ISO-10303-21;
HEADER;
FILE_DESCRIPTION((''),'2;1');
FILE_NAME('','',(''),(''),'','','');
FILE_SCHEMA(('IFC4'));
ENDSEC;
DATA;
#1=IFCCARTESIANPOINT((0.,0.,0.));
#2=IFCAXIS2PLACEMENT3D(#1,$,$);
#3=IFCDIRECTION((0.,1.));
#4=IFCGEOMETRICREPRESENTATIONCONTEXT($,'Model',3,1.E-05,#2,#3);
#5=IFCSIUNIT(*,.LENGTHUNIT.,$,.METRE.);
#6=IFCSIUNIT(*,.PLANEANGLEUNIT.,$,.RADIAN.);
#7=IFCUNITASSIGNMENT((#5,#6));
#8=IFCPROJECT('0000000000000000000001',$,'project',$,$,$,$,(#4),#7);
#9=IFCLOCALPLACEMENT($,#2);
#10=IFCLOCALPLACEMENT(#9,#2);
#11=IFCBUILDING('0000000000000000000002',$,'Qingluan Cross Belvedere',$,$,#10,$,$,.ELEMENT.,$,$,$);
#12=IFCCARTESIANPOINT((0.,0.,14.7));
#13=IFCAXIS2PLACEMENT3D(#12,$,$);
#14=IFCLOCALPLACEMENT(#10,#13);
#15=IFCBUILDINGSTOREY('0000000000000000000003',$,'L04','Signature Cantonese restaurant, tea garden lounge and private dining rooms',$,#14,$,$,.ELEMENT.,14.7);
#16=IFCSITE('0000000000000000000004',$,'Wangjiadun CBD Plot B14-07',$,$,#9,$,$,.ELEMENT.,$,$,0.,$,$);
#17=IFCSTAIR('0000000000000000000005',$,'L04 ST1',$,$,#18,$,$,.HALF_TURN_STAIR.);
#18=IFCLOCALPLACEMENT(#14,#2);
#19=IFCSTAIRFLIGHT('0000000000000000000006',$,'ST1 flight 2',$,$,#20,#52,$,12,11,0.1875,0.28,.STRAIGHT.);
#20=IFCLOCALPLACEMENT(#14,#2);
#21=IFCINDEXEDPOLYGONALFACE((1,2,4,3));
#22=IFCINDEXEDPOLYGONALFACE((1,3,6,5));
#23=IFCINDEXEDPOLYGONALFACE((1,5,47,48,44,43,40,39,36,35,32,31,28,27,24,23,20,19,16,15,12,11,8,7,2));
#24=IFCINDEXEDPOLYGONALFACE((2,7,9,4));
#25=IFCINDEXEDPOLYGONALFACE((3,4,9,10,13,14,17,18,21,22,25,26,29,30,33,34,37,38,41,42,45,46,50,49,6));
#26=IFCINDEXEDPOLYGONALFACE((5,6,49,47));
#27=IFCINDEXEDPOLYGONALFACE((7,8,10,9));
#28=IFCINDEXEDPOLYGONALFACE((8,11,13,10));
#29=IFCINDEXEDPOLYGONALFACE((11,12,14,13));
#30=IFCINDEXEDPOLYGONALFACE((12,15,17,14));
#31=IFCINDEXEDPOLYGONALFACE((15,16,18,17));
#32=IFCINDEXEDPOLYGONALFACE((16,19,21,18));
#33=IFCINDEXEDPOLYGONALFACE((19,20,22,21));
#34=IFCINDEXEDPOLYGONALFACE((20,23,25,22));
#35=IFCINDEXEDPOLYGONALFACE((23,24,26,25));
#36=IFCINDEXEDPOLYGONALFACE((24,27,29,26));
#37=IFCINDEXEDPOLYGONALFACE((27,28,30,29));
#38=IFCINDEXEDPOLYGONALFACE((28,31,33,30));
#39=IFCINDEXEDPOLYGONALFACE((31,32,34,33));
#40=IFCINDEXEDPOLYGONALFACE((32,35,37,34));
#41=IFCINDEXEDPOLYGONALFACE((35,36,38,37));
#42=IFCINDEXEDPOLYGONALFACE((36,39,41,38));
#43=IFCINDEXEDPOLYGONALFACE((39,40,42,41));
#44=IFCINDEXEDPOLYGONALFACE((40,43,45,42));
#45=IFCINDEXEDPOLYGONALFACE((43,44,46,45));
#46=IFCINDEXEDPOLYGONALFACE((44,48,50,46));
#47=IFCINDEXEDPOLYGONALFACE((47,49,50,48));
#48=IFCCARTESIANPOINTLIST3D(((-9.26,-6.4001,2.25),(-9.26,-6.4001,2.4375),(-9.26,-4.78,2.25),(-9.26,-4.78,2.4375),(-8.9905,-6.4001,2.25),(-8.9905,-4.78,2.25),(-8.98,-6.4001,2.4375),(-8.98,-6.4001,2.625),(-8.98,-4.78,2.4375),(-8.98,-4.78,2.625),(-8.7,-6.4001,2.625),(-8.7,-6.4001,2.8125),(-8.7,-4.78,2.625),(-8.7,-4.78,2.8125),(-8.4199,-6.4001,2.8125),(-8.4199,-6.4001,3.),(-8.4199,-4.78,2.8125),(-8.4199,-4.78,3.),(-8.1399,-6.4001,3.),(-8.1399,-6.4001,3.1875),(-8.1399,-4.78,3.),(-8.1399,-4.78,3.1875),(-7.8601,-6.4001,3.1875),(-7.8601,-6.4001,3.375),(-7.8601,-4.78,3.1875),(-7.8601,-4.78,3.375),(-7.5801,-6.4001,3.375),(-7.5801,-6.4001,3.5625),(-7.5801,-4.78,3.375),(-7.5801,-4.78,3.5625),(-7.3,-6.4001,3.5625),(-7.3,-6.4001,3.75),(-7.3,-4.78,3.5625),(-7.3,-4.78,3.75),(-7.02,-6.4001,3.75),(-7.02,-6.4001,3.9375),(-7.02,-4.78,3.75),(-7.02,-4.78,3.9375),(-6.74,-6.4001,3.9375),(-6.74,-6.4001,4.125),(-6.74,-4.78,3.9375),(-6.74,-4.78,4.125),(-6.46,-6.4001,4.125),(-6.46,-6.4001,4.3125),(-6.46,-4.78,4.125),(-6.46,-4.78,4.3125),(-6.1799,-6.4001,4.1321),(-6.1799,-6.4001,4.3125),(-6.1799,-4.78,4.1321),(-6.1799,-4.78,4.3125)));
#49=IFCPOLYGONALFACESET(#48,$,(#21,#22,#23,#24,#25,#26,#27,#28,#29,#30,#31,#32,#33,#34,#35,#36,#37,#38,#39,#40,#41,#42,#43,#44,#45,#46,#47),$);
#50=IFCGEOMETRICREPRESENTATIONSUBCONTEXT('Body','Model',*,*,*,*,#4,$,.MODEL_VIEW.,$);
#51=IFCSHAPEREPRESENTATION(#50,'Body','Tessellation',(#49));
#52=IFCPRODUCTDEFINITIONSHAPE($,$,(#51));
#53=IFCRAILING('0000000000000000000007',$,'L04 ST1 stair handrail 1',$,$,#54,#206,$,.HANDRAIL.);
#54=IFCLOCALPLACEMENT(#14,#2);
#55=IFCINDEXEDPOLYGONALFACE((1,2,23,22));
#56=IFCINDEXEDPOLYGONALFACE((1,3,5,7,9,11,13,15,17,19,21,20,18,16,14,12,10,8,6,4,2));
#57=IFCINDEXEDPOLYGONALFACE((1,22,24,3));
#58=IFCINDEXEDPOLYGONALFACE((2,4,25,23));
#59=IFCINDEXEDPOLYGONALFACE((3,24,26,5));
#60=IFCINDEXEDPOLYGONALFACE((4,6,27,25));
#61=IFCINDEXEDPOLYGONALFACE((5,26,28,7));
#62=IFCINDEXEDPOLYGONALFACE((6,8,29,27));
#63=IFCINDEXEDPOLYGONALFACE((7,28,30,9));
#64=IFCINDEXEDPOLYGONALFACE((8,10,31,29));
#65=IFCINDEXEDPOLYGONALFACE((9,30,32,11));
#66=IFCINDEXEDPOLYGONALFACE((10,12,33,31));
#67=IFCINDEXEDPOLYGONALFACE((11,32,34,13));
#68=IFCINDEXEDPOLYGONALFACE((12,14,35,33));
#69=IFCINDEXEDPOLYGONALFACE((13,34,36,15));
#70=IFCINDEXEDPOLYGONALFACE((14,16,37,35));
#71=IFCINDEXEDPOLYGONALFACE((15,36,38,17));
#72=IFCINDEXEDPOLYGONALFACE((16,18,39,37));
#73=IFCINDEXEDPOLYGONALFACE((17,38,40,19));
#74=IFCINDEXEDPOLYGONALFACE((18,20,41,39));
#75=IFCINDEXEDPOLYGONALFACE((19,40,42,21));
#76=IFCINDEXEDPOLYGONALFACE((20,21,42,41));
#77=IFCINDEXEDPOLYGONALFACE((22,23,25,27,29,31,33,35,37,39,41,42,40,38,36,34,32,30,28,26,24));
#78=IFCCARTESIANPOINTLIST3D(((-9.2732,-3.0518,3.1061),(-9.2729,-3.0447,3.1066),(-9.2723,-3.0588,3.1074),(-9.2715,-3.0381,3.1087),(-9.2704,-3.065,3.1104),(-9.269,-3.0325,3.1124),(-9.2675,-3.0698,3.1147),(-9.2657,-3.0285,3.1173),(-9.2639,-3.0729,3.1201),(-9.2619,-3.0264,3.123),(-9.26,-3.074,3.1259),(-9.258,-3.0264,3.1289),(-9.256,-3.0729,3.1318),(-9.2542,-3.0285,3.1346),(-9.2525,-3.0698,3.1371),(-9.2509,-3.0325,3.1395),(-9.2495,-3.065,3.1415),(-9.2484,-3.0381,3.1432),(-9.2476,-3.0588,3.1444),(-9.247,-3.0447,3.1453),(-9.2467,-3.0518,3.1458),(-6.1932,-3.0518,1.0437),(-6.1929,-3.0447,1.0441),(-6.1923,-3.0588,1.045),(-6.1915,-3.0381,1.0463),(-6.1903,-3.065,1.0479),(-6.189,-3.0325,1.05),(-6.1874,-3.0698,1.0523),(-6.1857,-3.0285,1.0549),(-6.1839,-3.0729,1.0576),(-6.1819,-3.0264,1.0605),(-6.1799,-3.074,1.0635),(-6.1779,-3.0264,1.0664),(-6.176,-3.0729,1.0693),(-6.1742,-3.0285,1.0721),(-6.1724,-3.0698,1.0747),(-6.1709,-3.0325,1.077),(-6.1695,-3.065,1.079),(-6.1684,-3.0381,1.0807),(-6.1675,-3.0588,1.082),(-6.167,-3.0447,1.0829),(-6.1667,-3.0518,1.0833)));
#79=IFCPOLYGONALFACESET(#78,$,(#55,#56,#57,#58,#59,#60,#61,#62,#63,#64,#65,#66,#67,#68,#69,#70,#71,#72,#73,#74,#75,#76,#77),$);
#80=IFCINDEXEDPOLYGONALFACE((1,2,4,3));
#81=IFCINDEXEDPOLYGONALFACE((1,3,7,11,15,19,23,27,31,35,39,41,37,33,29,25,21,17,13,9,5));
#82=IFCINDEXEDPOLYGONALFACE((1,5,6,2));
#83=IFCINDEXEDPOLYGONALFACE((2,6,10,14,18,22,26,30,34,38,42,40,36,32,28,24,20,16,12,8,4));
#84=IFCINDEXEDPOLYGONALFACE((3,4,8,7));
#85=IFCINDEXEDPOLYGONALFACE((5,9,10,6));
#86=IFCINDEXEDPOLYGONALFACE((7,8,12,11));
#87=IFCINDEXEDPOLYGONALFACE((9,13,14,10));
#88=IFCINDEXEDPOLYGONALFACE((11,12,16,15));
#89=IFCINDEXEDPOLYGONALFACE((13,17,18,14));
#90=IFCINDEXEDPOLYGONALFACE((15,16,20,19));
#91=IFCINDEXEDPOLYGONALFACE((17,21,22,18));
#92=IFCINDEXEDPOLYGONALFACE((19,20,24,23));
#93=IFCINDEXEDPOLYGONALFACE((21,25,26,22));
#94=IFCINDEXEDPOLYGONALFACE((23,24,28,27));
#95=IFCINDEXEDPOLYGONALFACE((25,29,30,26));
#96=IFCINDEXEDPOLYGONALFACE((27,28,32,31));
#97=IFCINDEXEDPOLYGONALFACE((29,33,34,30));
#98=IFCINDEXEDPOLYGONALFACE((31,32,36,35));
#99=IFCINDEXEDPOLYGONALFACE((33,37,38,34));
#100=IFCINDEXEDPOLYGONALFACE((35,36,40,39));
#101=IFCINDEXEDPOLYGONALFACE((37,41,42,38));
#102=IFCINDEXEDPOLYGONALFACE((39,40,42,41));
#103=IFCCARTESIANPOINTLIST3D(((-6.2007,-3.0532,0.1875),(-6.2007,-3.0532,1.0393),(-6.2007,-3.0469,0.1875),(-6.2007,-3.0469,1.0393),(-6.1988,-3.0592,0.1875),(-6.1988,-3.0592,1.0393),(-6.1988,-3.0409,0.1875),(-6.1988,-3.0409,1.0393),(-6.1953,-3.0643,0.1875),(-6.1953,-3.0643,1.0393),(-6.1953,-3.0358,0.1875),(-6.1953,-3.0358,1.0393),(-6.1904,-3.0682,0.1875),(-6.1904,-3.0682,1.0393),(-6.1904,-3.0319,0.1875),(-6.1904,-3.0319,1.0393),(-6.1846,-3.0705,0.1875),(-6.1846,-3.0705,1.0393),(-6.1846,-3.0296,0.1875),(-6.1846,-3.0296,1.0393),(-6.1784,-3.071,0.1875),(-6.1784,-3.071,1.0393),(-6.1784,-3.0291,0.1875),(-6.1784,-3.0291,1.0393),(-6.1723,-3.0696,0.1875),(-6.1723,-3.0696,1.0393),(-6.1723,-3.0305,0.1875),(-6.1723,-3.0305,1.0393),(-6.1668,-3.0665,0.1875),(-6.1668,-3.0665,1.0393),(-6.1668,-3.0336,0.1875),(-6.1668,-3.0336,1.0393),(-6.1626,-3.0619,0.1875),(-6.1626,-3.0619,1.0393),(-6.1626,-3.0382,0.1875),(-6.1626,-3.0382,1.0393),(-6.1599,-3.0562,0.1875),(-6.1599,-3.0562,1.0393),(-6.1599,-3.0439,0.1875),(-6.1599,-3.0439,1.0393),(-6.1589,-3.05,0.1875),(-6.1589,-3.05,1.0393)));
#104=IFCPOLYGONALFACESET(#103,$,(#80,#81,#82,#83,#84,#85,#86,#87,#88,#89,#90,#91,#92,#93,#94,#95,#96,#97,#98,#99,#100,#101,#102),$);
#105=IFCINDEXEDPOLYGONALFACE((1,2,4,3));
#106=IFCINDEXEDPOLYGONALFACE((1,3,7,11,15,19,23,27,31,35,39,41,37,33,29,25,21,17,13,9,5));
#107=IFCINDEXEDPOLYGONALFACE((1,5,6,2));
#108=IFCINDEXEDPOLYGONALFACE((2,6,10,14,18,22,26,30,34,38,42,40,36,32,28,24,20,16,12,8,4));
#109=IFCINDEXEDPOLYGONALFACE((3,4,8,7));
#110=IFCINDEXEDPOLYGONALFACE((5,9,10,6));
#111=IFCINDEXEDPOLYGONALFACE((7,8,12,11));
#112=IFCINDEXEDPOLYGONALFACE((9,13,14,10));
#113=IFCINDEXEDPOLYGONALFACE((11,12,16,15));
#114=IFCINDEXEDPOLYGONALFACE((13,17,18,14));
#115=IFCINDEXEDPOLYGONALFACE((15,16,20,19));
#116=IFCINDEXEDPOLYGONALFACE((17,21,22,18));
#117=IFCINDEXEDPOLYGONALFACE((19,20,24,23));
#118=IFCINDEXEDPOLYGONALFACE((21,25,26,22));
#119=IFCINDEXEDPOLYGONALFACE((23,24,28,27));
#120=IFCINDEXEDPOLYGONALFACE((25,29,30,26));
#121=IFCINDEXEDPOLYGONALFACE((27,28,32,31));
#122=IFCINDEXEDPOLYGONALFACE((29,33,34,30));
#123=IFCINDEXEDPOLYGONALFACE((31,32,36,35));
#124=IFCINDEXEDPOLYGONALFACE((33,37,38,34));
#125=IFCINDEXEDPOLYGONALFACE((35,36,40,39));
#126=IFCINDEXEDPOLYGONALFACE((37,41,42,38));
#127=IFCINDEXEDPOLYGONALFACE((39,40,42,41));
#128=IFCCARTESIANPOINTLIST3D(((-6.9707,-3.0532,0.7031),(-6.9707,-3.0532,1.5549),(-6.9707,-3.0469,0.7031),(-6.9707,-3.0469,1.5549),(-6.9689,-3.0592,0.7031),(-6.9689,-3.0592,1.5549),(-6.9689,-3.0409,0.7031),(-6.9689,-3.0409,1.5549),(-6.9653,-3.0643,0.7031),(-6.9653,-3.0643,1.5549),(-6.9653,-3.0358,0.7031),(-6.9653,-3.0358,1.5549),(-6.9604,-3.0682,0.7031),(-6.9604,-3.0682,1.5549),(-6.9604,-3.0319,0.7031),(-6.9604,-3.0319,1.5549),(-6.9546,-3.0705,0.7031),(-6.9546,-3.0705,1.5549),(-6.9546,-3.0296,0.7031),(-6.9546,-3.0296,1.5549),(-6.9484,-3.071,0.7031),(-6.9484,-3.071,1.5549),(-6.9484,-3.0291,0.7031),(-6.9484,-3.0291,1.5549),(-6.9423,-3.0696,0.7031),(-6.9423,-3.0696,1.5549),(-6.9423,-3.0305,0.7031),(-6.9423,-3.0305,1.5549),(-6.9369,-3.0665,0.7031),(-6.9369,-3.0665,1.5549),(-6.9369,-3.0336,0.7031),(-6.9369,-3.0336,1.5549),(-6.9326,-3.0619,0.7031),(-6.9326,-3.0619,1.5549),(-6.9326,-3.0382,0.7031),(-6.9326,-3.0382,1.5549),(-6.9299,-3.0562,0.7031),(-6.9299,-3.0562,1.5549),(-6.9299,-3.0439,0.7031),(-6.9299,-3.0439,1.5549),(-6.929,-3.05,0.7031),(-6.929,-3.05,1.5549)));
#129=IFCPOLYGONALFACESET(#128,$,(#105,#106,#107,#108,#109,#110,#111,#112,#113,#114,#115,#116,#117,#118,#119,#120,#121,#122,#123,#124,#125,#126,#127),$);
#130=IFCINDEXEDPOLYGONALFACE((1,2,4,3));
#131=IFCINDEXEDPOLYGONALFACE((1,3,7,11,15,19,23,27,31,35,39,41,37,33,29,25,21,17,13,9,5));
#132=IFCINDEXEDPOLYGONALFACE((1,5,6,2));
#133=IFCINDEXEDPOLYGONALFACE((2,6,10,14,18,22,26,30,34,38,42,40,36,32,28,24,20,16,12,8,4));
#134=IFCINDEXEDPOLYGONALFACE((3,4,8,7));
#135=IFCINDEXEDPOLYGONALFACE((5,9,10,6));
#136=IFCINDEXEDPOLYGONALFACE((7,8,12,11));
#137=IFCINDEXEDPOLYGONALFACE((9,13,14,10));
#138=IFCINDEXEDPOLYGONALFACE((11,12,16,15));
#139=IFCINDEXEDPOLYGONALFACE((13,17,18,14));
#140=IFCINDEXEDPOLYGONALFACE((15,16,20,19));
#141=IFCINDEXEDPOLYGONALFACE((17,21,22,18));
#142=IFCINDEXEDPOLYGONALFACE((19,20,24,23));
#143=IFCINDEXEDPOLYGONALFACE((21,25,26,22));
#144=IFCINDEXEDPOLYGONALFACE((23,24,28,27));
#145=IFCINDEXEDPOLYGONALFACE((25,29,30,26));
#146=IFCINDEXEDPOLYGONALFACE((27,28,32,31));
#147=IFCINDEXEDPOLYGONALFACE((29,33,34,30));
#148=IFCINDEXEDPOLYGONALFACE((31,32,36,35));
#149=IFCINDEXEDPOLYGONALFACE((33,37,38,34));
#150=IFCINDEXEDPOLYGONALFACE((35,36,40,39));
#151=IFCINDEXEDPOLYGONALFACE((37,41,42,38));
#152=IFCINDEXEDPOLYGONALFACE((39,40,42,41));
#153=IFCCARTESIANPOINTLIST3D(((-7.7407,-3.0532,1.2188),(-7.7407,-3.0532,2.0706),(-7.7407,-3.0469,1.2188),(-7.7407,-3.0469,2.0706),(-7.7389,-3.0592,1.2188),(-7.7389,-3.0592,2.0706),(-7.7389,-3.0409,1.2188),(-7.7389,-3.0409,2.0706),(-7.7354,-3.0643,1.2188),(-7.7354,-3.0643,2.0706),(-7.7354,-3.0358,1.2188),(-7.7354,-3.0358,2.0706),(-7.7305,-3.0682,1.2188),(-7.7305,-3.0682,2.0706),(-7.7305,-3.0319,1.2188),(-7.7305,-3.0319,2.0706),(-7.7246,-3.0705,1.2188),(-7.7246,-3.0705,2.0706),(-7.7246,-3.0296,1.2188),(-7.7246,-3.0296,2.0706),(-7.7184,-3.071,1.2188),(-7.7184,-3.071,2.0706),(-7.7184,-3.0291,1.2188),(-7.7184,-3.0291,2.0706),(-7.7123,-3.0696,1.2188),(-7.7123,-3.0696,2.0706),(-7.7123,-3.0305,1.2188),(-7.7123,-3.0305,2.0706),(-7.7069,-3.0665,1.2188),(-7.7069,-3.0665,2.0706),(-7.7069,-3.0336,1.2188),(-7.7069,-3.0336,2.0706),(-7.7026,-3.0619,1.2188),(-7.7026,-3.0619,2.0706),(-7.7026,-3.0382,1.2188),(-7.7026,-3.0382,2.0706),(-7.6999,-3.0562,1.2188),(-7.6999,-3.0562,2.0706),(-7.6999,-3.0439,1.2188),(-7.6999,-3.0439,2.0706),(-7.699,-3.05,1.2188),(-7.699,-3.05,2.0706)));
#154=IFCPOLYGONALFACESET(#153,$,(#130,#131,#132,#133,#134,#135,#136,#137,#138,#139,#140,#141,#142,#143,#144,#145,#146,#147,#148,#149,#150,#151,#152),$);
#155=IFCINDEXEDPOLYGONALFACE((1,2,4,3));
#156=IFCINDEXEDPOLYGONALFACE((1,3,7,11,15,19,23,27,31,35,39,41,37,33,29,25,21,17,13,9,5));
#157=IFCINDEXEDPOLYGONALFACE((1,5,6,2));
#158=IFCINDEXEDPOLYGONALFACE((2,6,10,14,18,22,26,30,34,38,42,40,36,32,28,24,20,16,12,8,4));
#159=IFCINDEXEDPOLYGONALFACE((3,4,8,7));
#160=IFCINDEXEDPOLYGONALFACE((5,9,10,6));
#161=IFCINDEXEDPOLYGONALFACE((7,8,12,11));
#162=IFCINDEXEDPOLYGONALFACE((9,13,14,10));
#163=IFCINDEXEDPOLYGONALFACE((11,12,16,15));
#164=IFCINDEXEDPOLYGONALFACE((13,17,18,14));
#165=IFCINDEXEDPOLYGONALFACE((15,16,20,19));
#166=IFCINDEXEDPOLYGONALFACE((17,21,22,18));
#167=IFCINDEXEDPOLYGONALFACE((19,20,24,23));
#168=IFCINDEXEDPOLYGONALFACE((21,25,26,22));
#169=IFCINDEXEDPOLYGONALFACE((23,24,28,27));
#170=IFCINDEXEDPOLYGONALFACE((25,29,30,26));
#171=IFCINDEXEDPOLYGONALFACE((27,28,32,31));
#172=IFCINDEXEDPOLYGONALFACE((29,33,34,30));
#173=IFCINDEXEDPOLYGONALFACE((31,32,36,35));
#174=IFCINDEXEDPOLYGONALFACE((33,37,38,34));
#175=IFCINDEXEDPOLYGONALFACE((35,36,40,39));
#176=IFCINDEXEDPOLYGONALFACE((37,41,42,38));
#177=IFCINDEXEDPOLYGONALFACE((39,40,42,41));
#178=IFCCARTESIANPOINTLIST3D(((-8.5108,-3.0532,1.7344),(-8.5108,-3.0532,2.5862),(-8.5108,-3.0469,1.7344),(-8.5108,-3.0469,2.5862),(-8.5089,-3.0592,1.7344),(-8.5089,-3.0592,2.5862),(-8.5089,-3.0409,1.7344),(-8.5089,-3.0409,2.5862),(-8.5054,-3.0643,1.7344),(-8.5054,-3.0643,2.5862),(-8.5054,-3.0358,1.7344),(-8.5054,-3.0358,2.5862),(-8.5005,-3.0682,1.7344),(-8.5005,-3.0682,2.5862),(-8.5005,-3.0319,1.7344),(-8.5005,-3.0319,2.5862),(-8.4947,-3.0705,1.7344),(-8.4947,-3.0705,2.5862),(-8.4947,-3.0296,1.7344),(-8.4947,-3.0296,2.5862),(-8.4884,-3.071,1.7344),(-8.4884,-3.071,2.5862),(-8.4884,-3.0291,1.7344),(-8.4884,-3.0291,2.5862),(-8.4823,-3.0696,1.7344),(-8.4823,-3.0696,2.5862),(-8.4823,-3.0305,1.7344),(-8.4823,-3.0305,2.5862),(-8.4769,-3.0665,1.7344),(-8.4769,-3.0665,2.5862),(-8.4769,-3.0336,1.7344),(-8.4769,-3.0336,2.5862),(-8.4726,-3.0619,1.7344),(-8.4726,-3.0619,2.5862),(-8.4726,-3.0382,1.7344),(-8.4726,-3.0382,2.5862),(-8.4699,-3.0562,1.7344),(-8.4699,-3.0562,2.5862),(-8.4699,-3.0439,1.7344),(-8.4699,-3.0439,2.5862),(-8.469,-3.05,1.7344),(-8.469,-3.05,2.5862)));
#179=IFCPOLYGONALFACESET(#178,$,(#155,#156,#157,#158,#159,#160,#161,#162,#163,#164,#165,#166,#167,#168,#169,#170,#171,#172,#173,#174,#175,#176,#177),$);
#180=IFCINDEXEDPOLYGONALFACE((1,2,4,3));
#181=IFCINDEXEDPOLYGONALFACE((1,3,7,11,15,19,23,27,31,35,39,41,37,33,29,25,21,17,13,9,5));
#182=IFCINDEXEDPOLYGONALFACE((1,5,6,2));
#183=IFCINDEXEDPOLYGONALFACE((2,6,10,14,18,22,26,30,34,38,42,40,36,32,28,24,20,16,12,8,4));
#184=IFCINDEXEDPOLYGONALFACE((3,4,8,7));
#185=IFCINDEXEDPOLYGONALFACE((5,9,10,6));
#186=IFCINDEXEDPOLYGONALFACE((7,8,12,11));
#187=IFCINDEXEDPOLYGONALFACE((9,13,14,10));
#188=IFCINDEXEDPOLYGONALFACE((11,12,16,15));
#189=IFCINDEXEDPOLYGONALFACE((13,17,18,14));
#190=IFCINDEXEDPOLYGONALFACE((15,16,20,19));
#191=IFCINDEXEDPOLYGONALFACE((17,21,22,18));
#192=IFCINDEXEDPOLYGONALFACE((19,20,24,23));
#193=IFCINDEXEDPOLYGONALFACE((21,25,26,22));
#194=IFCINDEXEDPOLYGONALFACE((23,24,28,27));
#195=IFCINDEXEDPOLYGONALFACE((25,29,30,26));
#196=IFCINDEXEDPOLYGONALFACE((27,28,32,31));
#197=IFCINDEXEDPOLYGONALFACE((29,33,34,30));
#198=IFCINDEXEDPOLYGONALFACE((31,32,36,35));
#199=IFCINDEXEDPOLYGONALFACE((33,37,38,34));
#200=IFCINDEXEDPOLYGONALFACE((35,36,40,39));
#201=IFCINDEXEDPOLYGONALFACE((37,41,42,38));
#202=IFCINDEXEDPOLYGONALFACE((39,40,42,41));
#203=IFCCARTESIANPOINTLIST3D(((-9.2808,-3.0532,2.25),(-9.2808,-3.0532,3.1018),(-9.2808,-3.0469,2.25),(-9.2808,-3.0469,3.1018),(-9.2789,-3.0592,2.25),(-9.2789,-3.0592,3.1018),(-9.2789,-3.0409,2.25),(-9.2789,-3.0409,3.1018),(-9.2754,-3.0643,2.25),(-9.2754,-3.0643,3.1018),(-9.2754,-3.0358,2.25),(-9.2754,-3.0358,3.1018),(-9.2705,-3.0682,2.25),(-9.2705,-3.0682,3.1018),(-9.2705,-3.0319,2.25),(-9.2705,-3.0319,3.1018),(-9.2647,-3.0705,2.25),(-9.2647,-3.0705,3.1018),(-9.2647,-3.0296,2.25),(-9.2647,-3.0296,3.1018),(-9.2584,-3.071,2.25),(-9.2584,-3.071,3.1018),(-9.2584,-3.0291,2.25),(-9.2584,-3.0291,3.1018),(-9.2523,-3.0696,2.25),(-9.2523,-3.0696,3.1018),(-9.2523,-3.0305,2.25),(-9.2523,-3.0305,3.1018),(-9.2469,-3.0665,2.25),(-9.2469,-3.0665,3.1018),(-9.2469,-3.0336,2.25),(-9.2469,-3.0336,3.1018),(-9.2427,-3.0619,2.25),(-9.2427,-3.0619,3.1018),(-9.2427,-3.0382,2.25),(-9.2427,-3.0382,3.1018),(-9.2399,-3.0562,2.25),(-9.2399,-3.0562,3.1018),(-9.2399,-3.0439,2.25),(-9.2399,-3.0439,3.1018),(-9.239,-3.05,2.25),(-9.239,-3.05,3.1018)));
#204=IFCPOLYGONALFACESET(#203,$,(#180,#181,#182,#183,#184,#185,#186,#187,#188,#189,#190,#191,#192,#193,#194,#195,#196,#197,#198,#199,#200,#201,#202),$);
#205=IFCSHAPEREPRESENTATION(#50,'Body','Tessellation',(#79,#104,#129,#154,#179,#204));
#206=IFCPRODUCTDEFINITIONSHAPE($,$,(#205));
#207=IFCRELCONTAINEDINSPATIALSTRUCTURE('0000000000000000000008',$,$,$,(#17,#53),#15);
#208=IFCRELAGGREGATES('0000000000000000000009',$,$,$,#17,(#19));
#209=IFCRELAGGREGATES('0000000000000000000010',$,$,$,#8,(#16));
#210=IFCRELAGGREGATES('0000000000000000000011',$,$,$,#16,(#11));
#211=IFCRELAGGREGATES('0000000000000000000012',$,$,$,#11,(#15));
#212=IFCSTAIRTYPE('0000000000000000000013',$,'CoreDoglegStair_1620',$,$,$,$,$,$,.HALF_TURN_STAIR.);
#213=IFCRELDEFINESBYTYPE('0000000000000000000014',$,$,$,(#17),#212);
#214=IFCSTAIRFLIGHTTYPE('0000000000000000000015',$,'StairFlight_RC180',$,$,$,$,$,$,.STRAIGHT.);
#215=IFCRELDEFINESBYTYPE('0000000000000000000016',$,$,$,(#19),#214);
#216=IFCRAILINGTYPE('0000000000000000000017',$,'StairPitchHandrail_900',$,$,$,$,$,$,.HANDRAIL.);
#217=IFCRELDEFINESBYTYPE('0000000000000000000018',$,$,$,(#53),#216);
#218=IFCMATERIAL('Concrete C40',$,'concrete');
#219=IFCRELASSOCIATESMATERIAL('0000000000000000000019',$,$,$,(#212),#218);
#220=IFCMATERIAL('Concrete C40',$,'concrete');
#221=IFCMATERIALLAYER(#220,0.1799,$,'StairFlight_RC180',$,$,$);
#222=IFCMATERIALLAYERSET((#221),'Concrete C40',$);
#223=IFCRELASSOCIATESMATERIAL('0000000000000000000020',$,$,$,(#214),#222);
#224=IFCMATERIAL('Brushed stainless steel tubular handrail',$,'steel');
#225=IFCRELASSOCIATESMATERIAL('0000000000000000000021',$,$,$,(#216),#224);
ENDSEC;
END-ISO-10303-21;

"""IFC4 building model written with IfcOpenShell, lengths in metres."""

from ifc_helpers import new_model, si_unit, direction, frame, origin, origin_2d, place, context, subcontext, project, spatial, polyline, circle, outline, extrude, material, layer, layer_set, type_object, element, aggregate, save


model = new_model("IFC4")

# Units and contexts
model_context = context("Model", 3, precision=1e-05, world=origin(), true_north=direction((0.0, 1.0)))
body_context = subcontext(model_context, "Body", "Model", "MODEL_VIEW")
ifc_project = project(units=[si_unit("LENGTHUNIT", "METRE"), si_unit("PLANEANGLEUNIT", "RADIAN")], contexts=[model_context])

# Site, building, storey
site_placement = place(None, origin())
site = spatial("IfcSite", under=ifc_project, at=site_placement, Name="Wangjiadun CBD Plot B14-07", CompositionType="ELEMENT", RefElevation=0.0)
building_placement = place(site_placement, origin())
building = spatial("IfcBuilding", under=site, at=building_placement, Name="Qingluan Cross Belvedere", CompositionType="ELEMENT")
storey_placement = place(building_placement, frame((0.0, 0.0, 14.7)))
storey = spatial("IfcBuildingStorey", under=building, at=storey_placement, Name="L04", Description="Signature Cantonese restaurant, tea garden lounge and private dining rooms", CompositionType="ELEMENT", Elevation=14.7)

# Stair, stair flight
ifc_material_1 = material(Name="Concrete C40", Category="concrete")
stair_type = type_object("IfcStairType", Name="CoreDoglegStair_1620", PredefinedType="HALF_TURN_STAIR", material=ifc_material_1)
stair_placement = place(storey_placement, origin())
stair = element("IfcStair", 1, at=stair_placement, inside=storey, type_object=stair_type, Name="L04 ST1", PredefinedType="HALF_TURN_STAIR")
ifc_material_2 = material(Name="Concrete C40", Category="concrete")
ifc_layer_1 = layer(ifc_material_2, 0.1799, Name="StairFlight_RC180")
ifc_layer_set_1 = layer_set([ifc_layer_1], Name="Concrete C40")
stair_flight_type = type_object("IfcStairFlightType", Name="StairFlight_RC180", PredefinedType="STRAIGHT", material=ifc_layer_set_1)
stair_flight_1_placement = place(storey_placement, frame((-9.26, -5.5901, 2.25), z_axis=(0.0, 0.0, 1.0), x_axis=(1.0, 0.0, 0.0)))
stair_flight_1 = element("IfcStairFlight", 2, at=stair_flight_1_placement, type_object=stair_flight_type, Name="ST1 flight 2", NumberOfRisers=12, NumberOfTreads=11, PredefinedType="STRAIGHT", RiserHeight=0.1875, TreadLength=0.28, context=body_context, shape_type="SweptSolid", body=[
    extrude(outline(polyline([(0.0, 0.0), (0.0, 0.1875), (0.28, 0.1875), (0.28, 0.375), (0.5601, 0.375), (0.5601, 0.5625), (0.8401, 0.5625), (0.8401, 0.75), (1.1201, 0.75), (1.1201, 0.9375), (1.3999, 0.9375), (1.3999, 1.125), (1.6799, 1.125), (1.6799, 1.3125), (1.96, 1.3125), (1.96, 1.5), (2.24, 1.5), (2.24, 1.6875), (2.52, 1.6875), (2.52, 1.875), (2.8, 1.875), (2.8, 2.0625), (3.0801, 2.0625), (3.0801, 2.25), (3.0801, 1.8821), (0.2695, 0.0), (0.0, 0.0)])), frame((0.0, 0.8101, 0.0), z_axis=(0.0, -1.0, 0.0), x_axis=(1.0, 0.0, 0.0)), (0.0, 0.0, 1.0), 1.6201),
])
aggregate(stair, [stair_flight_1])

# Railing
ifc_material_3 = material(Name="Brushed stainless steel tubular handrail", Category="steel")
railing_type_1 = type_object("IfcRailingType", Name="StairPitchHandrail_900", PredefinedType="HANDRAIL", material=ifc_material_3)
railing_1_placement = place(storey_placement, frame((-6.1799, -3.05, 0.1875)))
element("IfcRailing", 3, at=railing_1_placement, inside=storey, type_object=railing_type_1, Name="L04 ST1 stair handrail 1", PredefinedType="HANDRAIL", context=body_context, shape_type="SweptSolid", body=[
    extrude(circle(Radius=0.0239, at=origin_2d()), frame((0.0, 0.0, 0.876), z_axis=(-0.830914, 0.0, 0.556401), x_axis=(0.0, -1.0, 0.0)), (0.0, 0.0, 1.0), 3.7068),
    extrude(circle(Radius=0.021, at=origin_2d()), origin(), (0.0, 0.0, 1.0), 0.8518),
    extrude(circle(Radius=0.021, at=origin_2d()), frame((-0.77, 0.0, 0.5156)), (0.0, 0.0, 1.0), 0.8518),
    extrude(circle(Radius=0.021, at=origin_2d()), frame((-1.54, 0.0, 1.0312)), (0.0, 0.0, 1.0), 0.8518),
    extrude(circle(Radius=0.021, at=origin_2d()), frame((-2.3101, 0.0, 1.5469)), (0.0, 0.0, 1.0), 0.8518),
    extrude(circle(Radius=0.021, at=origin_2d()), frame((-3.0801, 0.0, 2.0625)), (0.0, 0.0, 1.0), 0.8518),
])

save(model, "model.ifc")
